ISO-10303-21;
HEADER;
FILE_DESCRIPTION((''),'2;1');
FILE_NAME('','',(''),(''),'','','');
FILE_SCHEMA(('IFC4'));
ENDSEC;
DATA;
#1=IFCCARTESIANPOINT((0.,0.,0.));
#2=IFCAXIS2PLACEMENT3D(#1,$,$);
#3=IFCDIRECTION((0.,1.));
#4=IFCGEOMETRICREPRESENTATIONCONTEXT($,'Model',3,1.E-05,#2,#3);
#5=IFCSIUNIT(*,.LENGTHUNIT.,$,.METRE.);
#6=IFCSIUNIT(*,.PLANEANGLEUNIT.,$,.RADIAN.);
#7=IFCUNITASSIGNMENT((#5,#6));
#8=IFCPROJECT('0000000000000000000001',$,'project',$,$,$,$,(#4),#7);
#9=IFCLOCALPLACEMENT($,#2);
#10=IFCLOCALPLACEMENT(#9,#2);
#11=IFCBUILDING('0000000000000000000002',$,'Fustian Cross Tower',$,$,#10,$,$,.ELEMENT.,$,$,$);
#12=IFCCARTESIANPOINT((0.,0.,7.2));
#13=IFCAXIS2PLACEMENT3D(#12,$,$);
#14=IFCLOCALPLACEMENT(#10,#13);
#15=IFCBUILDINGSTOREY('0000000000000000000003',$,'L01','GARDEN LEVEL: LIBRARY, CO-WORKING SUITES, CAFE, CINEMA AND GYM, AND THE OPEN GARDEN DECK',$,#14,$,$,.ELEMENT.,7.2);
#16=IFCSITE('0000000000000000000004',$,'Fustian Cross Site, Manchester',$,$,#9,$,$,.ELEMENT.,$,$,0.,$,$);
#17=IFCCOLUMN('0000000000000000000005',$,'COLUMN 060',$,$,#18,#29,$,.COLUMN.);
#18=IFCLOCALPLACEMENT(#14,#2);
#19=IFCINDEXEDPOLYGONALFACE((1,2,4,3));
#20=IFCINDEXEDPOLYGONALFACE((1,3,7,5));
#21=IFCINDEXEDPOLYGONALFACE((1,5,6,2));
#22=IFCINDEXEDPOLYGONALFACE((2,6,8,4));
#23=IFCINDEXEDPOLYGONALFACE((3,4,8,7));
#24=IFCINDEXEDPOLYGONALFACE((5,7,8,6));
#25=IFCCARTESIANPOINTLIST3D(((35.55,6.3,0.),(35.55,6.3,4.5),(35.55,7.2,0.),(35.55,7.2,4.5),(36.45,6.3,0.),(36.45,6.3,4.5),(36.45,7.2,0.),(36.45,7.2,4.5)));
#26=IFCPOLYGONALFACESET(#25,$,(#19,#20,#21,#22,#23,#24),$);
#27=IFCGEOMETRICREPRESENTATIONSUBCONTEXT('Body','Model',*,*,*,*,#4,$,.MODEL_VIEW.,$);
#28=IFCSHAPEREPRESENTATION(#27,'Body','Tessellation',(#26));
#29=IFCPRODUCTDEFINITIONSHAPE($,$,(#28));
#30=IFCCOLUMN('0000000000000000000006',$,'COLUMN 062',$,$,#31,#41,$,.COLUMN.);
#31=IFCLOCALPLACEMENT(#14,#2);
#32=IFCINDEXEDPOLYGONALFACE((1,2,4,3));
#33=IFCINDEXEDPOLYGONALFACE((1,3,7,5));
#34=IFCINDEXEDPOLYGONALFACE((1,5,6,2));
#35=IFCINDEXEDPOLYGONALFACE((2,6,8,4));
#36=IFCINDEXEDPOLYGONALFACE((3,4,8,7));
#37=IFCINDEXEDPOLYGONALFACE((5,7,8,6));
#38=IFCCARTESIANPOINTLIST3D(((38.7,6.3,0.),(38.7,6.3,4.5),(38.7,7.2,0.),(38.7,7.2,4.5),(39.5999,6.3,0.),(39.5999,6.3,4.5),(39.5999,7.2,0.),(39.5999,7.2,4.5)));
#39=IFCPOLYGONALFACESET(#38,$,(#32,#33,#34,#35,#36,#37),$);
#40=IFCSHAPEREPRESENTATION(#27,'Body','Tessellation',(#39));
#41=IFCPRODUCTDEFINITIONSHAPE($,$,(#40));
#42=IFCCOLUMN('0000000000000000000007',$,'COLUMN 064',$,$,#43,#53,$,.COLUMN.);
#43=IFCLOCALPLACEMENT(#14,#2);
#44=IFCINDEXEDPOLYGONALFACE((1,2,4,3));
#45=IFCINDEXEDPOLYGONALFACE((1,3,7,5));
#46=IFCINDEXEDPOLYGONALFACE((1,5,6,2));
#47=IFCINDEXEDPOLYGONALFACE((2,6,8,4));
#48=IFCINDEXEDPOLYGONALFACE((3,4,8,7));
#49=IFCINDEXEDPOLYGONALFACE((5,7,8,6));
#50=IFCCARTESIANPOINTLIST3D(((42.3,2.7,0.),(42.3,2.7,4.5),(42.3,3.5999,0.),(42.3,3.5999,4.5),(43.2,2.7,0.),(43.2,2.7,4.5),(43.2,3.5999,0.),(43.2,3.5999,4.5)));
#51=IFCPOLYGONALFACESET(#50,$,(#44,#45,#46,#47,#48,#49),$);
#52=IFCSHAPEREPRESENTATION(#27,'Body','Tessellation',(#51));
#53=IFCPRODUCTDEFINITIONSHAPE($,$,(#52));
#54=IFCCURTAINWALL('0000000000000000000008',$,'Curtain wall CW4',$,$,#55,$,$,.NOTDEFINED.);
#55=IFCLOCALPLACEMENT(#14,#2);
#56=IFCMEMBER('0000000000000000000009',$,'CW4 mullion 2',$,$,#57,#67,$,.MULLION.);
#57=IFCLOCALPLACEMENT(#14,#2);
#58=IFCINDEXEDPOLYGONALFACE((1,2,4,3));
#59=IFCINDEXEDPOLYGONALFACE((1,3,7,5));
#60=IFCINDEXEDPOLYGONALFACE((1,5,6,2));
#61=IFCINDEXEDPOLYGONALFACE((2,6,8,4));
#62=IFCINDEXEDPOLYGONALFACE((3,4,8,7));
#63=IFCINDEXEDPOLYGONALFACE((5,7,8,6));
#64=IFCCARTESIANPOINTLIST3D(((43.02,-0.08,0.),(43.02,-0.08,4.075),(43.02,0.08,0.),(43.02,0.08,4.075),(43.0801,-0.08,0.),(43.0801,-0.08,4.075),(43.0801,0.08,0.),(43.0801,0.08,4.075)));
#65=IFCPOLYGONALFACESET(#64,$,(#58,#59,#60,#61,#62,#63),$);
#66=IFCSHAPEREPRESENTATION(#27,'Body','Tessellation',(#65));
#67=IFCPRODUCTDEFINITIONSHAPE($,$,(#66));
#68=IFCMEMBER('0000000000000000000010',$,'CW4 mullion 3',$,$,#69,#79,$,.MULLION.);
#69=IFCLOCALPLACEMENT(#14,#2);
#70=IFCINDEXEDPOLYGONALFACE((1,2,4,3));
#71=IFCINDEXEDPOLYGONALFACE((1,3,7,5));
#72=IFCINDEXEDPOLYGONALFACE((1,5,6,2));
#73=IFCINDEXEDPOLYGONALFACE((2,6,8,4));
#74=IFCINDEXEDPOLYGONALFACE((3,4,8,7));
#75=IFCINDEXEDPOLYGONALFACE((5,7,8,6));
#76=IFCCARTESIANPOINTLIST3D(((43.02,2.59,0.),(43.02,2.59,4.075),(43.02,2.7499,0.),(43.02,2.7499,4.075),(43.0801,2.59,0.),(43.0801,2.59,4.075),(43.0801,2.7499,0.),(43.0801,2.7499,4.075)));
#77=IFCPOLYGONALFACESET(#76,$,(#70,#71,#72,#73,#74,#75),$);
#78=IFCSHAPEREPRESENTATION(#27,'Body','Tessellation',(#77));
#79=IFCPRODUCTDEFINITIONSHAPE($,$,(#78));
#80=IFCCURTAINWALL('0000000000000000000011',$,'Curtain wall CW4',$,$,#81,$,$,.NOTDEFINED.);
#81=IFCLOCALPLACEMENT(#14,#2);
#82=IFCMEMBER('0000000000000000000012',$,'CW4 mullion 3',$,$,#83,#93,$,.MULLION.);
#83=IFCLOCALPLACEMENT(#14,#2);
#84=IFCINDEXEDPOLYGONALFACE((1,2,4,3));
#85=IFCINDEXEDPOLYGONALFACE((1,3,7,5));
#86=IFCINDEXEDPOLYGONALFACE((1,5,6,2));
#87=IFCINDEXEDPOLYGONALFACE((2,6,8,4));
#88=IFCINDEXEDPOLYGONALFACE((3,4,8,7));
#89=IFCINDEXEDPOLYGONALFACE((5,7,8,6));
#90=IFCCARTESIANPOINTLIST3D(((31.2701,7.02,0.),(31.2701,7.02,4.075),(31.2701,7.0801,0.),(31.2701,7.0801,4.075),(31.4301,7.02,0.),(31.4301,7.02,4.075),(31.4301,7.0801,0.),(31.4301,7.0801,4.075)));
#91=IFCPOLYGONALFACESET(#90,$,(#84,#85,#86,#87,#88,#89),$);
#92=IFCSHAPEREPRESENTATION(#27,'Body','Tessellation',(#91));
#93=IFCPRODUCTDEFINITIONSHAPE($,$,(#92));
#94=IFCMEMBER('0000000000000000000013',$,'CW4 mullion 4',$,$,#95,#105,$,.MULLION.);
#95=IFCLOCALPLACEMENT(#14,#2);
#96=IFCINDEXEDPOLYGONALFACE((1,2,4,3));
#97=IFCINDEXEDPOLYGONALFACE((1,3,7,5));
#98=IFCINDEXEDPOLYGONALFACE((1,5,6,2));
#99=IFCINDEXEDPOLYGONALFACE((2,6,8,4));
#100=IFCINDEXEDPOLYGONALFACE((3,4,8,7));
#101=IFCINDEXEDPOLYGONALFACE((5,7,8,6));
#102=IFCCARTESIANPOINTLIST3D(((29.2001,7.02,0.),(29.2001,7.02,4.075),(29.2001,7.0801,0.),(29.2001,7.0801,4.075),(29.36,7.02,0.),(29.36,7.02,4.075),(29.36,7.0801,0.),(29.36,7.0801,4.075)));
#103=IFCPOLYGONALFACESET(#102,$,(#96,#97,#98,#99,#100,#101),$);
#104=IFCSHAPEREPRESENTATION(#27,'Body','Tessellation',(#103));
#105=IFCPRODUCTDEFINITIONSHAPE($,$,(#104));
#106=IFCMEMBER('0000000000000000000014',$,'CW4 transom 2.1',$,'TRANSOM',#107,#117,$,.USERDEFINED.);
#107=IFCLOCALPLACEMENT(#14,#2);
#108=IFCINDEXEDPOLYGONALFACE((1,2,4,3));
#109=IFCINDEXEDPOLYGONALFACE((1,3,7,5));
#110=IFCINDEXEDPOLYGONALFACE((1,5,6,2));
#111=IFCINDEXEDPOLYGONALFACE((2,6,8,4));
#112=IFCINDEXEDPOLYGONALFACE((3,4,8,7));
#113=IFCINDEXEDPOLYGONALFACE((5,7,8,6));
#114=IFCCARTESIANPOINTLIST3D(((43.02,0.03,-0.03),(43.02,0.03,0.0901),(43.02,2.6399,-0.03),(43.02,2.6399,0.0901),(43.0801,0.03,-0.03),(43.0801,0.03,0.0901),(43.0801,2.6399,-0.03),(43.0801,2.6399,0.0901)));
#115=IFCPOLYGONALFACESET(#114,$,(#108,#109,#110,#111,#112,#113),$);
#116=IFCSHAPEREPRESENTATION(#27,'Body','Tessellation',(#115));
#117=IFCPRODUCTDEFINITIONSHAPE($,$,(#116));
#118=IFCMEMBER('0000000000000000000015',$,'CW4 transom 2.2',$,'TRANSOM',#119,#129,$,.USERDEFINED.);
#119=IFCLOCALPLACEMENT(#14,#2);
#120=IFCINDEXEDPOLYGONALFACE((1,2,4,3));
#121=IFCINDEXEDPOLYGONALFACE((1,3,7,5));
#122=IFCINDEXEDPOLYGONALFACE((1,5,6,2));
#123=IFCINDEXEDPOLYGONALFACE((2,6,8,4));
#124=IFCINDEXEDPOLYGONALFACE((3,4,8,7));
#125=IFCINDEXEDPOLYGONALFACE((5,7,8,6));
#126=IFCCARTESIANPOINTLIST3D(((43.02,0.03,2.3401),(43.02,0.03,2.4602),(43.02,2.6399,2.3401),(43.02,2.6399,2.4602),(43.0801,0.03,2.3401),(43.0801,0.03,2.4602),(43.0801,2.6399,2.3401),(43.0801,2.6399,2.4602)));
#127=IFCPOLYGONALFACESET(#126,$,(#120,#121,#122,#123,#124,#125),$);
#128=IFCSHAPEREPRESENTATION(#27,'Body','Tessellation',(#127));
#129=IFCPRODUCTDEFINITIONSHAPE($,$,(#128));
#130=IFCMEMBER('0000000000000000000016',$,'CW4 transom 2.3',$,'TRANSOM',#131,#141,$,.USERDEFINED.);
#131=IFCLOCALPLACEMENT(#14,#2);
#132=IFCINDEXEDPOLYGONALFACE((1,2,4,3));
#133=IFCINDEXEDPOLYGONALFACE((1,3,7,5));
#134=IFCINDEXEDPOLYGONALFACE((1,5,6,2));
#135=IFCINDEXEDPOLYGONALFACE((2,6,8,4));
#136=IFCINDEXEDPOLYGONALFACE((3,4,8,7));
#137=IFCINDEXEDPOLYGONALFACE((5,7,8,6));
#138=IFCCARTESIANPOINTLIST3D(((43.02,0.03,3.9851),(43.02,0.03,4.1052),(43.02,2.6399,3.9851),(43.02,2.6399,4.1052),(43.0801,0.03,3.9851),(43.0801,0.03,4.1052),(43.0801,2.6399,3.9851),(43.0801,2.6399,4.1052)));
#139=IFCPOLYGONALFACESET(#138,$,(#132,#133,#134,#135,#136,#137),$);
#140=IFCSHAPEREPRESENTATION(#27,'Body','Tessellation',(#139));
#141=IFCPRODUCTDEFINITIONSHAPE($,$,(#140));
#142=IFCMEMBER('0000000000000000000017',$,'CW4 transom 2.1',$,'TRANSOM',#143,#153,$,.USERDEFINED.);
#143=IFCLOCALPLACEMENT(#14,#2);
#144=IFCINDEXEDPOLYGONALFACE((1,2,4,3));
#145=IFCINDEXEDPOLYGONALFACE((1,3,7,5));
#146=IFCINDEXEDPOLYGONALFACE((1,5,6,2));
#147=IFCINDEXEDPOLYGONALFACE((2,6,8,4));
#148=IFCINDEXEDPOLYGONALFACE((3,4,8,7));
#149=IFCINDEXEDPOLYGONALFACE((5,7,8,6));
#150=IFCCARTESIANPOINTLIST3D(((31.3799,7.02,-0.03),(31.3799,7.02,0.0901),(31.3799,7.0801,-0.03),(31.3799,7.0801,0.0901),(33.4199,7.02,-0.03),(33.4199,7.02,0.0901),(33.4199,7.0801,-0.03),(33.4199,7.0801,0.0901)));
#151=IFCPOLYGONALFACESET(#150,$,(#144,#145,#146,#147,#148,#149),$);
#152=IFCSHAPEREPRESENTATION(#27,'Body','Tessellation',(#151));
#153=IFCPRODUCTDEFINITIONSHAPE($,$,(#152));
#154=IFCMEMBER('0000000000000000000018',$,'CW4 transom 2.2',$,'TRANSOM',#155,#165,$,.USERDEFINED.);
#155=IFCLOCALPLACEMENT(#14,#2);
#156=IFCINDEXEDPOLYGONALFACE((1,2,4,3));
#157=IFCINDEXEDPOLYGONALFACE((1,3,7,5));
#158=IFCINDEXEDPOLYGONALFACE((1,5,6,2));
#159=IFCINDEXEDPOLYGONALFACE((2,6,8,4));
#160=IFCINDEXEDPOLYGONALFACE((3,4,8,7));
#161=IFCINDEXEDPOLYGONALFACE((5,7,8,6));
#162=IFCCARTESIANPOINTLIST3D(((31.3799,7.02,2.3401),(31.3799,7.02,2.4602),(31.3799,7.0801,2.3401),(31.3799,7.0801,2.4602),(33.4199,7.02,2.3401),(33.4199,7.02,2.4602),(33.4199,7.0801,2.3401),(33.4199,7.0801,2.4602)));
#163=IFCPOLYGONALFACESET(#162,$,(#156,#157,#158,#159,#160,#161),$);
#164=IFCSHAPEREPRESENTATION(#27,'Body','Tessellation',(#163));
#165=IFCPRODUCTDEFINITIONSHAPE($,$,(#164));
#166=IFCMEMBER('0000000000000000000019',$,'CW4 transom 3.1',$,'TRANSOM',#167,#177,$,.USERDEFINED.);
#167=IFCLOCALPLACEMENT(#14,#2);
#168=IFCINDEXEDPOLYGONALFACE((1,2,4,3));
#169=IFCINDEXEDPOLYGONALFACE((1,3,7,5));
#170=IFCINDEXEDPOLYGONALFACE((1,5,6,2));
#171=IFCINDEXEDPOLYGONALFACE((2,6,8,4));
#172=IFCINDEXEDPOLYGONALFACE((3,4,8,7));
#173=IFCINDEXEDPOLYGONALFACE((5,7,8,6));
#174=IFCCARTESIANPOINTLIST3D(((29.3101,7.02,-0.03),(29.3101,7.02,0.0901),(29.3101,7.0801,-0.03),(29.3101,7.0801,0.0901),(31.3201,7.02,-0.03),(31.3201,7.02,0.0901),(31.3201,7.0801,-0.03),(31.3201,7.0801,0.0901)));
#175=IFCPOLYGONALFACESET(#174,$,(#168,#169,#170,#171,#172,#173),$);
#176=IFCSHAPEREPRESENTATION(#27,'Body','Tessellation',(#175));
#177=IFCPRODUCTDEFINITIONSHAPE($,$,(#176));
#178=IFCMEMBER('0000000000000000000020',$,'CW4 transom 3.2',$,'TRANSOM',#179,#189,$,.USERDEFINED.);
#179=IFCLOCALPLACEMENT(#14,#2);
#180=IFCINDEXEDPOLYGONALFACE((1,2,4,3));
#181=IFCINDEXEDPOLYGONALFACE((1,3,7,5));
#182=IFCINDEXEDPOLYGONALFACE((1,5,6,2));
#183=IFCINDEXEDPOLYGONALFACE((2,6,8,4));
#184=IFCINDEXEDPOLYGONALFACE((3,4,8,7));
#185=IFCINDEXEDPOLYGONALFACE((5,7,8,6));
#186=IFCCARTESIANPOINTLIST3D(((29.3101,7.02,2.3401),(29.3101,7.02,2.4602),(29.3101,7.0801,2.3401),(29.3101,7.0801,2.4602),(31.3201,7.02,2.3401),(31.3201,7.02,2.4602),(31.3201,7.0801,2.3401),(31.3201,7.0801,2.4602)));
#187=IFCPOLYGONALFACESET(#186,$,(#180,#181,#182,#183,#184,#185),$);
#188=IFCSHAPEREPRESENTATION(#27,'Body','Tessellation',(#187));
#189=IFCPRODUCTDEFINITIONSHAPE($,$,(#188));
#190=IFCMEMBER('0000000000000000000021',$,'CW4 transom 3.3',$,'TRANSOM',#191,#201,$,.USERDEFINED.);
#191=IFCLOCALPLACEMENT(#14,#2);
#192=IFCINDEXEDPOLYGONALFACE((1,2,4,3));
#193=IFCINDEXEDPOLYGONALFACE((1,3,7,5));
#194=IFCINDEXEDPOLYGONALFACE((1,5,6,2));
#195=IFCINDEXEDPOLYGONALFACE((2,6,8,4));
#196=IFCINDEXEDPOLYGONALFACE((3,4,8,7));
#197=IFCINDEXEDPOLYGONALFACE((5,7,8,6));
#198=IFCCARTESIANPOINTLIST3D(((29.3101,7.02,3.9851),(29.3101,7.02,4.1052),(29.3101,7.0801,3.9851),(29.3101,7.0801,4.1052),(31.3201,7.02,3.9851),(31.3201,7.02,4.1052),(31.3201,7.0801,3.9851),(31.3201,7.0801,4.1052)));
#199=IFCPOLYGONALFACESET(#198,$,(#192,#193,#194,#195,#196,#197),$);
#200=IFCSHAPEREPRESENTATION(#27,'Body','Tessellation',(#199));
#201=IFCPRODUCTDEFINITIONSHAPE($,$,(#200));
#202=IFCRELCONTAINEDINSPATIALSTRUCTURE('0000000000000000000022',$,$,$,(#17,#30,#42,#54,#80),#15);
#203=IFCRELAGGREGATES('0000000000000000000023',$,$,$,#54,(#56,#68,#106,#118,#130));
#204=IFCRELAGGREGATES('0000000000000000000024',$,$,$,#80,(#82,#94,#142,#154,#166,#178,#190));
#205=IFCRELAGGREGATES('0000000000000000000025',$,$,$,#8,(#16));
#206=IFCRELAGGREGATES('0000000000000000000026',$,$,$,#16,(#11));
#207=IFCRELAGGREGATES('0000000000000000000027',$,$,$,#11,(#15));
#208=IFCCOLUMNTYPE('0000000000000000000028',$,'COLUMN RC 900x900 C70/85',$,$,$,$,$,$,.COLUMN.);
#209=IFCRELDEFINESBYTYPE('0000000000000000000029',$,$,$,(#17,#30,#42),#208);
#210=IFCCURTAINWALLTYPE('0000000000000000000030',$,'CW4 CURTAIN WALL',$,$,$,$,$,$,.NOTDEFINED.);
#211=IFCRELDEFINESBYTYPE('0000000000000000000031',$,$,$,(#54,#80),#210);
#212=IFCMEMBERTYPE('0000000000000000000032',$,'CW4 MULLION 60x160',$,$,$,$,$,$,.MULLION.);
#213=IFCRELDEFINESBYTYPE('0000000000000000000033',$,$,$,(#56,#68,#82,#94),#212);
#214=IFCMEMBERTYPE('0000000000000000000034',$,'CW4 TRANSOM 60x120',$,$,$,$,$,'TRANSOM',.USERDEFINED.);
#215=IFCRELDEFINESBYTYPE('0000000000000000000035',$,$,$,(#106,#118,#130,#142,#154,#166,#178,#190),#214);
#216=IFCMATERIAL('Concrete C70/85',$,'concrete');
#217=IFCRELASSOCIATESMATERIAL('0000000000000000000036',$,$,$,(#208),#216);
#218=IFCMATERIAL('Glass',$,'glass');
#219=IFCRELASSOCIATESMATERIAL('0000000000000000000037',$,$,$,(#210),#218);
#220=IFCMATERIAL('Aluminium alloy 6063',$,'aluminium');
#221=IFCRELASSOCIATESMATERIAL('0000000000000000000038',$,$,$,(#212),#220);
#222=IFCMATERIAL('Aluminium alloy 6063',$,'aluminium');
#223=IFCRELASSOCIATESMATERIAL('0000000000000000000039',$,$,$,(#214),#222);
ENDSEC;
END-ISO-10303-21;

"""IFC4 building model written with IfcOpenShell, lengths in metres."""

from ifc_helpers import new_model, si_unit, direction, frame, origin, origin_2d, place, context, subcontext, project, spatial, rectangle, extrude, material, material_profile, profile_set, type_object, element, aggregate, save


model = new_model("IFC4")

# Units and contexts
model_context = context("Model", 3, precision=1e-05, world=origin(), true_north=direction((0.0, 1.0)))
body_context = subcontext(model_context, "Body", "Model", "MODEL_VIEW")
ifc_project = project(units=[si_unit("LENGTHUNIT", "METRE"), si_unit("PLANEANGLEUNIT", "RADIAN")], contexts=[model_context])

# Site, building, storey
site_placement = place(None, origin())
site = spatial("IfcSite", under=ifc_project, at=site_placement, Name="Fustian Cross Site, Manchester", CompositionType="ELEMENT", RefElevation=0.0)
building_placement = place(site_placement, origin())
building = spatial("IfcBuilding", under=site, at=building_placement, Name="Fustian Cross Tower", CompositionType="ELEMENT")
storey_placement = place(building_placement, frame((0.0, 0.0, 7.2)))
storey = spatial("IfcBuildingStorey", under=building, at=storey_placement, Name="L01", Description="GARDEN LEVEL: LIBRARY, CO-WORKING SUITES, CAFE, CINEMA AND GYM, AND THE OPEN GARDEN DECK", CompositionType="ELEMENT", Elevation=7.2)

# Columns
ifc_material_1 = material(Name="Concrete C70/85", Category="concrete")
ifc_material_profile_1 = material_profile(ifc_material_1, rectangle(XDim=0.8999, YDim=0.8999, at=origin_2d()), Name="RC 900x900")
ifc_profile_set_1 = profile_set([ifc_material_profile_1], Name="Concrete C70/85")
column_type = type_object("IfcColumnType", Name="COLUMN RC 900x900 C70/85", PredefinedType="COLUMN", material=ifc_profile_set_1)
for number, where, z_axis, x_axis, name in (
    (1, (36.0, 6.75, 0.0), (0.0, 0.0, 1.0), (1.0, 0.0, 0.0), "COLUMN 060"),
    (2, (39.1499, 6.75, 0.0), (0.0, 0.0, 1.0), (1.0, 0.0, 0.0), "COLUMN 062"),
    (3, (42.75, 3.1499, 0.0), (0.0, 0.0, 1.0), (1.0, 0.0, 0.0), "COLUMN 064"),
):
    element("IfcColumn", number, at=place(storey_placement, frame(where, z_axis=z_axis, x_axis=x_axis)), inside=storey, type_object=column_type, Name=name, PredefinedType="COLUMN", context=body_context, shape_type="SweptSolid", body=[
        extrude(rectangle(XDim=0.8999, YDim=0.8999, at=origin_2d()), origin(), (0.0, 0.0, 1.0), 4.5),
    ])

# Curtain walls, members
ifc_material_2 = material(Name="Glass", Category="glass")
curtain_wall_type = type_object("IfcCurtainWallType", Name="CW4 CURTAIN WALL", PredefinedType="NOTDEFINED", material=ifc_material_2)
curtain_wall_1_placement = place(storey_placement, origin())
curtain_wall_1 = element("IfcCurtainWall", 4, at=curtain_wall_1_placement, inside=storey, type_object=curtain_wall_type, Name="Curtain wall CW4", PredefinedType="NOTDEFINED")
ifc_material_3 = material(Name="Aluminium alloy 6063", Category="aluminium")
ifc_material_profile_2 = material_profile(ifc_material_3, rectangle(XDim=0.0601, YDim=0.1599, at=origin_2d()), Name="CW4 MULLION 60x160")
ifc_profile_set_2 = profile_set([ifc_material_profile_2], Name="Aluminium alloy 6063")
member_type_1 = type_object("IfcMemberType", Name="CW4 MULLION 60x160", PredefinedType="MULLION", material=ifc_profile_set_2)
member_1_placement = place(storey_placement, frame((43.05, 0.0, 0.0), z_axis=(0.0, 0.0, 1.0), x_axis=(-1.0, 0.0, 0.0)))
member_1 = element("IfcMember", 5, at=member_1_placement, type_object=member_type_1, Name="CW4 mullion 2", PredefinedType="MULLION", context=body_context, shape_type="SweptSolid", body=[
    extrude(rectangle(XDim=0.0601, YDim=0.1599, at=origin_2d()), origin(), (0.0, 0.0, 1.0), 4.075),
])
member_2_placement = place(storey_placement, frame((43.05, 2.6699, 0.0), z_axis=(0.0, 0.0, 1.0), x_axis=(-1.0, 0.0, 0.0)))
member_2 = element("IfcMember", 6, at=member_2_placement, type_object=member_type_1, Name="CW4 mullion 3", PredefinedType="MULLION", context=body_context, shape_type="SweptSolid", body=[
    extrude(rectangle(XDim=0.0601, YDim=0.1599, at=origin_2d()), origin(), (0.0, 0.0, 1.0), 4.075),
])
curtain_wall_2_placement = place(storey_placement, origin())
curtain_wall_2 = element("IfcCurtainWall", 7, at=curtain_wall_2_placement, inside=storey, type_object=curtain_wall_type, Name="Curtain wall CW4", PredefinedType="NOTDEFINED")
member_3_placement = place(storey_placement, frame((31.3501, 7.05, 0.0), z_axis=(0.0, 0.0, 1.0), x_axis=(0.0, -1.0, 0.0)))
member_3 = element("IfcMember", 8, at=member_3_placement, type_object=member_type_1, Name="CW4 mullion 3", PredefinedType="MULLION", context=body_context, shape_type="SweptSolid", body=[
    extrude(rectangle(XDim=0.0601, YDim=0.1599, at=origin_2d()), origin(), (0.0, 0.0, 1.0), 4.075),
])
member_4_placement = place(storey_placement, frame((29.28, 7.05, 0.0), z_axis=(0.0, 0.0, 1.0), x_axis=(0.0, -1.0, 0.0)))
member_4 = element("IfcMember", 9, at=member_4_placement, type_object=member_type_1, Name="CW4 mullion 4", PredefinedType="MULLION", context=body_context, shape_type="SweptSolid", body=[
    extrude(rectangle(XDim=0.0601, YDim=0.1599, at=origin_2d()), origin(), (0.0, 0.0, 1.0), 4.075),
])

# Members
ifc_material_4 = material(Name="Aluminium alloy 6063", Category="aluminium")
ifc_material_profile_3 = material_profile(ifc_material_4, rectangle(XDim=0.0601, YDim=0.1201, at=origin_2d()), Name="CW4 TRANSOM 60x120")
ifc_profile_set_3 = profile_set([ifc_material_profile_3], Name="Aluminium alloy 6063")
member_type_2 = type_object("IfcMemberType", Name="CW4 TRANSOM 60x120", ElementType="TRANSOM", PredefinedType="USERDEFINED", material=ifc_profile_set_3)
member_5_placement = place(storey_placement, frame((43.05, 0.03, 0.03), z_axis=(0.0, 1.0, 0.0), x_axis=(-1.0, 0.0, 0.0)))
member_5 = element("IfcMember", 10, at=member_5_placement, type_object=member_type_2, Name="CW4 transom 2.1", ObjectType="TRANSOM", PredefinedType="USERDEFINED", context=body_context, shape_type="SweptSolid", body=[
    extrude(rectangle(XDim=0.0601, YDim=0.1201, at=origin_2d()), origin(), (0.0, 0.0, 1.0), 2.6099),
])
member_6_placement = place(storey_placement, frame((43.05, 0.03, 2.4001), z_axis=(0.0, 1.0, 0.0), x_axis=(-1.0, 0.0, 0.0)))
member_6 = element("IfcMember", 11, at=member_6_placement, type_object=member_type_2, Name="CW4 transom 2.2", ObjectType="TRANSOM", PredefinedType="USERDEFINED", context=body_context, shape_type="SweptSolid", body=[
    extrude(rectangle(XDim=0.0601, YDim=0.1201, at=origin_2d()), origin(), (0.0, 0.0, 1.0), 2.6099),
])
member_7_placement = place(storey_placement, frame((43.05, 0.03, 4.0452), z_axis=(0.0, 1.0, 0.0), x_axis=(-1.0, 0.0, 0.0)))
member_7 = element("IfcMember", 12, at=member_7_placement, type_object=member_type_2, Name="CW4 transom 2.3", ObjectType="TRANSOM", PredefinedType="USERDEFINED", context=body_context, shape_type="SweptSolid", body=[
    extrude(rectangle(XDim=0.0601, YDim=0.1201, at=origin_2d()), origin(), (0.0, 0.0, 1.0), 2.6099),
])
member_8_placement = place(storey_placement, frame((33.4199, 7.05, 0.03), z_axis=(-1.0, 0.0, 0.0), x_axis=(0.0, -1.0, 0.0)))
member_8 = element("IfcMember", 13, at=member_8_placement, type_object=member_type_2, Name="CW4 transom 2.1", ObjectType="TRANSOM", PredefinedType="USERDEFINED", context=body_context, shape_type="SweptSolid", body=[
    extrude(rectangle(XDim=0.0601, YDim=0.1201, at=origin_2d()), origin(), (0.0, 0.0, 1.0), 2.04),
])
member_9_placement = place(storey_placement, frame((33.4199, 7.05, 2.4001), z_axis=(-1.0, 0.0, 0.0), x_axis=(0.0, -1.0, 0.0)))
member_9 = element("IfcMember", 14, at=member_9_placement, type_object=member_type_2, Name="CW4 transom 2.2", ObjectType="TRANSOM", PredefinedType="USERDEFINED", context=body_context, shape_type="SweptSolid", body=[
    extrude(rectangle(XDim=0.0601, YDim=0.1201, at=origin_2d()), origin(), (0.0, 0.0, 1.0), 2.04),
])
member_10_placement = place(storey_placement, frame((31.3201, 7.05, 0.03), z_axis=(-1.0, 0.0, 0.0), x_axis=(0.0, -1.0, 0.0)))
member_10 = element("IfcMember", 15, at=member_10_placement, type_object=member_type_2, Name="CW4 transom 3.1", ObjectType="TRANSOM", PredefinedType="USERDEFINED", context=body_context, shape_type="SweptSolid", body=[
    extrude(rectangle(XDim=0.0601, YDim=0.1201, at=origin_2d()), origin(), (0.0, 0.0, 1.0), 2.01),
])
member_11_placement = place(storey_placement, frame((31.3201, 7.05, 2.4001), z_axis=(-1.0, 0.0, 0.0), x_axis=(0.0, -1.0, 0.0)))
member_11 = element("IfcMember", 16, at=member_11_placement, type_object=member_type_2, Name="CW4 transom 3.2", ObjectType="TRANSOM", PredefinedType="USERDEFINED", context=body_context, shape_type="SweptSolid", body=[
    extrude(rectangle(XDim=0.0601, YDim=0.1201, at=origin_2d()), origin(), (0.0, 0.0, 1.0), 2.01),
])
member_12_placement = place(storey_placement, frame((31.3201, 7.05, 4.0452), z_axis=(-1.0, 0.0, 0.0), x_axis=(0.0, -1.0, 0.0)))
member_12 = element("IfcMember", 17, at=member_12_placement, type_object=member_type_2, Name="CW4 transom 3.3", ObjectType="TRANSOM", PredefinedType="USERDEFINED", context=body_context, shape_type="SweptSolid", body=[
    extrude(rectangle(XDim=0.0601, YDim=0.1201, at=origin_2d()), origin(), (0.0, 0.0, 1.0), 2.01),
])

aggregate(curtain_wall_1, [member_1, member_2, member_5, member_6, member_7])
aggregate(curtain_wall_2, [member_3, member_4, member_8, member_9, member_10, member_11, member_12])

save(model, "model.ifc")
